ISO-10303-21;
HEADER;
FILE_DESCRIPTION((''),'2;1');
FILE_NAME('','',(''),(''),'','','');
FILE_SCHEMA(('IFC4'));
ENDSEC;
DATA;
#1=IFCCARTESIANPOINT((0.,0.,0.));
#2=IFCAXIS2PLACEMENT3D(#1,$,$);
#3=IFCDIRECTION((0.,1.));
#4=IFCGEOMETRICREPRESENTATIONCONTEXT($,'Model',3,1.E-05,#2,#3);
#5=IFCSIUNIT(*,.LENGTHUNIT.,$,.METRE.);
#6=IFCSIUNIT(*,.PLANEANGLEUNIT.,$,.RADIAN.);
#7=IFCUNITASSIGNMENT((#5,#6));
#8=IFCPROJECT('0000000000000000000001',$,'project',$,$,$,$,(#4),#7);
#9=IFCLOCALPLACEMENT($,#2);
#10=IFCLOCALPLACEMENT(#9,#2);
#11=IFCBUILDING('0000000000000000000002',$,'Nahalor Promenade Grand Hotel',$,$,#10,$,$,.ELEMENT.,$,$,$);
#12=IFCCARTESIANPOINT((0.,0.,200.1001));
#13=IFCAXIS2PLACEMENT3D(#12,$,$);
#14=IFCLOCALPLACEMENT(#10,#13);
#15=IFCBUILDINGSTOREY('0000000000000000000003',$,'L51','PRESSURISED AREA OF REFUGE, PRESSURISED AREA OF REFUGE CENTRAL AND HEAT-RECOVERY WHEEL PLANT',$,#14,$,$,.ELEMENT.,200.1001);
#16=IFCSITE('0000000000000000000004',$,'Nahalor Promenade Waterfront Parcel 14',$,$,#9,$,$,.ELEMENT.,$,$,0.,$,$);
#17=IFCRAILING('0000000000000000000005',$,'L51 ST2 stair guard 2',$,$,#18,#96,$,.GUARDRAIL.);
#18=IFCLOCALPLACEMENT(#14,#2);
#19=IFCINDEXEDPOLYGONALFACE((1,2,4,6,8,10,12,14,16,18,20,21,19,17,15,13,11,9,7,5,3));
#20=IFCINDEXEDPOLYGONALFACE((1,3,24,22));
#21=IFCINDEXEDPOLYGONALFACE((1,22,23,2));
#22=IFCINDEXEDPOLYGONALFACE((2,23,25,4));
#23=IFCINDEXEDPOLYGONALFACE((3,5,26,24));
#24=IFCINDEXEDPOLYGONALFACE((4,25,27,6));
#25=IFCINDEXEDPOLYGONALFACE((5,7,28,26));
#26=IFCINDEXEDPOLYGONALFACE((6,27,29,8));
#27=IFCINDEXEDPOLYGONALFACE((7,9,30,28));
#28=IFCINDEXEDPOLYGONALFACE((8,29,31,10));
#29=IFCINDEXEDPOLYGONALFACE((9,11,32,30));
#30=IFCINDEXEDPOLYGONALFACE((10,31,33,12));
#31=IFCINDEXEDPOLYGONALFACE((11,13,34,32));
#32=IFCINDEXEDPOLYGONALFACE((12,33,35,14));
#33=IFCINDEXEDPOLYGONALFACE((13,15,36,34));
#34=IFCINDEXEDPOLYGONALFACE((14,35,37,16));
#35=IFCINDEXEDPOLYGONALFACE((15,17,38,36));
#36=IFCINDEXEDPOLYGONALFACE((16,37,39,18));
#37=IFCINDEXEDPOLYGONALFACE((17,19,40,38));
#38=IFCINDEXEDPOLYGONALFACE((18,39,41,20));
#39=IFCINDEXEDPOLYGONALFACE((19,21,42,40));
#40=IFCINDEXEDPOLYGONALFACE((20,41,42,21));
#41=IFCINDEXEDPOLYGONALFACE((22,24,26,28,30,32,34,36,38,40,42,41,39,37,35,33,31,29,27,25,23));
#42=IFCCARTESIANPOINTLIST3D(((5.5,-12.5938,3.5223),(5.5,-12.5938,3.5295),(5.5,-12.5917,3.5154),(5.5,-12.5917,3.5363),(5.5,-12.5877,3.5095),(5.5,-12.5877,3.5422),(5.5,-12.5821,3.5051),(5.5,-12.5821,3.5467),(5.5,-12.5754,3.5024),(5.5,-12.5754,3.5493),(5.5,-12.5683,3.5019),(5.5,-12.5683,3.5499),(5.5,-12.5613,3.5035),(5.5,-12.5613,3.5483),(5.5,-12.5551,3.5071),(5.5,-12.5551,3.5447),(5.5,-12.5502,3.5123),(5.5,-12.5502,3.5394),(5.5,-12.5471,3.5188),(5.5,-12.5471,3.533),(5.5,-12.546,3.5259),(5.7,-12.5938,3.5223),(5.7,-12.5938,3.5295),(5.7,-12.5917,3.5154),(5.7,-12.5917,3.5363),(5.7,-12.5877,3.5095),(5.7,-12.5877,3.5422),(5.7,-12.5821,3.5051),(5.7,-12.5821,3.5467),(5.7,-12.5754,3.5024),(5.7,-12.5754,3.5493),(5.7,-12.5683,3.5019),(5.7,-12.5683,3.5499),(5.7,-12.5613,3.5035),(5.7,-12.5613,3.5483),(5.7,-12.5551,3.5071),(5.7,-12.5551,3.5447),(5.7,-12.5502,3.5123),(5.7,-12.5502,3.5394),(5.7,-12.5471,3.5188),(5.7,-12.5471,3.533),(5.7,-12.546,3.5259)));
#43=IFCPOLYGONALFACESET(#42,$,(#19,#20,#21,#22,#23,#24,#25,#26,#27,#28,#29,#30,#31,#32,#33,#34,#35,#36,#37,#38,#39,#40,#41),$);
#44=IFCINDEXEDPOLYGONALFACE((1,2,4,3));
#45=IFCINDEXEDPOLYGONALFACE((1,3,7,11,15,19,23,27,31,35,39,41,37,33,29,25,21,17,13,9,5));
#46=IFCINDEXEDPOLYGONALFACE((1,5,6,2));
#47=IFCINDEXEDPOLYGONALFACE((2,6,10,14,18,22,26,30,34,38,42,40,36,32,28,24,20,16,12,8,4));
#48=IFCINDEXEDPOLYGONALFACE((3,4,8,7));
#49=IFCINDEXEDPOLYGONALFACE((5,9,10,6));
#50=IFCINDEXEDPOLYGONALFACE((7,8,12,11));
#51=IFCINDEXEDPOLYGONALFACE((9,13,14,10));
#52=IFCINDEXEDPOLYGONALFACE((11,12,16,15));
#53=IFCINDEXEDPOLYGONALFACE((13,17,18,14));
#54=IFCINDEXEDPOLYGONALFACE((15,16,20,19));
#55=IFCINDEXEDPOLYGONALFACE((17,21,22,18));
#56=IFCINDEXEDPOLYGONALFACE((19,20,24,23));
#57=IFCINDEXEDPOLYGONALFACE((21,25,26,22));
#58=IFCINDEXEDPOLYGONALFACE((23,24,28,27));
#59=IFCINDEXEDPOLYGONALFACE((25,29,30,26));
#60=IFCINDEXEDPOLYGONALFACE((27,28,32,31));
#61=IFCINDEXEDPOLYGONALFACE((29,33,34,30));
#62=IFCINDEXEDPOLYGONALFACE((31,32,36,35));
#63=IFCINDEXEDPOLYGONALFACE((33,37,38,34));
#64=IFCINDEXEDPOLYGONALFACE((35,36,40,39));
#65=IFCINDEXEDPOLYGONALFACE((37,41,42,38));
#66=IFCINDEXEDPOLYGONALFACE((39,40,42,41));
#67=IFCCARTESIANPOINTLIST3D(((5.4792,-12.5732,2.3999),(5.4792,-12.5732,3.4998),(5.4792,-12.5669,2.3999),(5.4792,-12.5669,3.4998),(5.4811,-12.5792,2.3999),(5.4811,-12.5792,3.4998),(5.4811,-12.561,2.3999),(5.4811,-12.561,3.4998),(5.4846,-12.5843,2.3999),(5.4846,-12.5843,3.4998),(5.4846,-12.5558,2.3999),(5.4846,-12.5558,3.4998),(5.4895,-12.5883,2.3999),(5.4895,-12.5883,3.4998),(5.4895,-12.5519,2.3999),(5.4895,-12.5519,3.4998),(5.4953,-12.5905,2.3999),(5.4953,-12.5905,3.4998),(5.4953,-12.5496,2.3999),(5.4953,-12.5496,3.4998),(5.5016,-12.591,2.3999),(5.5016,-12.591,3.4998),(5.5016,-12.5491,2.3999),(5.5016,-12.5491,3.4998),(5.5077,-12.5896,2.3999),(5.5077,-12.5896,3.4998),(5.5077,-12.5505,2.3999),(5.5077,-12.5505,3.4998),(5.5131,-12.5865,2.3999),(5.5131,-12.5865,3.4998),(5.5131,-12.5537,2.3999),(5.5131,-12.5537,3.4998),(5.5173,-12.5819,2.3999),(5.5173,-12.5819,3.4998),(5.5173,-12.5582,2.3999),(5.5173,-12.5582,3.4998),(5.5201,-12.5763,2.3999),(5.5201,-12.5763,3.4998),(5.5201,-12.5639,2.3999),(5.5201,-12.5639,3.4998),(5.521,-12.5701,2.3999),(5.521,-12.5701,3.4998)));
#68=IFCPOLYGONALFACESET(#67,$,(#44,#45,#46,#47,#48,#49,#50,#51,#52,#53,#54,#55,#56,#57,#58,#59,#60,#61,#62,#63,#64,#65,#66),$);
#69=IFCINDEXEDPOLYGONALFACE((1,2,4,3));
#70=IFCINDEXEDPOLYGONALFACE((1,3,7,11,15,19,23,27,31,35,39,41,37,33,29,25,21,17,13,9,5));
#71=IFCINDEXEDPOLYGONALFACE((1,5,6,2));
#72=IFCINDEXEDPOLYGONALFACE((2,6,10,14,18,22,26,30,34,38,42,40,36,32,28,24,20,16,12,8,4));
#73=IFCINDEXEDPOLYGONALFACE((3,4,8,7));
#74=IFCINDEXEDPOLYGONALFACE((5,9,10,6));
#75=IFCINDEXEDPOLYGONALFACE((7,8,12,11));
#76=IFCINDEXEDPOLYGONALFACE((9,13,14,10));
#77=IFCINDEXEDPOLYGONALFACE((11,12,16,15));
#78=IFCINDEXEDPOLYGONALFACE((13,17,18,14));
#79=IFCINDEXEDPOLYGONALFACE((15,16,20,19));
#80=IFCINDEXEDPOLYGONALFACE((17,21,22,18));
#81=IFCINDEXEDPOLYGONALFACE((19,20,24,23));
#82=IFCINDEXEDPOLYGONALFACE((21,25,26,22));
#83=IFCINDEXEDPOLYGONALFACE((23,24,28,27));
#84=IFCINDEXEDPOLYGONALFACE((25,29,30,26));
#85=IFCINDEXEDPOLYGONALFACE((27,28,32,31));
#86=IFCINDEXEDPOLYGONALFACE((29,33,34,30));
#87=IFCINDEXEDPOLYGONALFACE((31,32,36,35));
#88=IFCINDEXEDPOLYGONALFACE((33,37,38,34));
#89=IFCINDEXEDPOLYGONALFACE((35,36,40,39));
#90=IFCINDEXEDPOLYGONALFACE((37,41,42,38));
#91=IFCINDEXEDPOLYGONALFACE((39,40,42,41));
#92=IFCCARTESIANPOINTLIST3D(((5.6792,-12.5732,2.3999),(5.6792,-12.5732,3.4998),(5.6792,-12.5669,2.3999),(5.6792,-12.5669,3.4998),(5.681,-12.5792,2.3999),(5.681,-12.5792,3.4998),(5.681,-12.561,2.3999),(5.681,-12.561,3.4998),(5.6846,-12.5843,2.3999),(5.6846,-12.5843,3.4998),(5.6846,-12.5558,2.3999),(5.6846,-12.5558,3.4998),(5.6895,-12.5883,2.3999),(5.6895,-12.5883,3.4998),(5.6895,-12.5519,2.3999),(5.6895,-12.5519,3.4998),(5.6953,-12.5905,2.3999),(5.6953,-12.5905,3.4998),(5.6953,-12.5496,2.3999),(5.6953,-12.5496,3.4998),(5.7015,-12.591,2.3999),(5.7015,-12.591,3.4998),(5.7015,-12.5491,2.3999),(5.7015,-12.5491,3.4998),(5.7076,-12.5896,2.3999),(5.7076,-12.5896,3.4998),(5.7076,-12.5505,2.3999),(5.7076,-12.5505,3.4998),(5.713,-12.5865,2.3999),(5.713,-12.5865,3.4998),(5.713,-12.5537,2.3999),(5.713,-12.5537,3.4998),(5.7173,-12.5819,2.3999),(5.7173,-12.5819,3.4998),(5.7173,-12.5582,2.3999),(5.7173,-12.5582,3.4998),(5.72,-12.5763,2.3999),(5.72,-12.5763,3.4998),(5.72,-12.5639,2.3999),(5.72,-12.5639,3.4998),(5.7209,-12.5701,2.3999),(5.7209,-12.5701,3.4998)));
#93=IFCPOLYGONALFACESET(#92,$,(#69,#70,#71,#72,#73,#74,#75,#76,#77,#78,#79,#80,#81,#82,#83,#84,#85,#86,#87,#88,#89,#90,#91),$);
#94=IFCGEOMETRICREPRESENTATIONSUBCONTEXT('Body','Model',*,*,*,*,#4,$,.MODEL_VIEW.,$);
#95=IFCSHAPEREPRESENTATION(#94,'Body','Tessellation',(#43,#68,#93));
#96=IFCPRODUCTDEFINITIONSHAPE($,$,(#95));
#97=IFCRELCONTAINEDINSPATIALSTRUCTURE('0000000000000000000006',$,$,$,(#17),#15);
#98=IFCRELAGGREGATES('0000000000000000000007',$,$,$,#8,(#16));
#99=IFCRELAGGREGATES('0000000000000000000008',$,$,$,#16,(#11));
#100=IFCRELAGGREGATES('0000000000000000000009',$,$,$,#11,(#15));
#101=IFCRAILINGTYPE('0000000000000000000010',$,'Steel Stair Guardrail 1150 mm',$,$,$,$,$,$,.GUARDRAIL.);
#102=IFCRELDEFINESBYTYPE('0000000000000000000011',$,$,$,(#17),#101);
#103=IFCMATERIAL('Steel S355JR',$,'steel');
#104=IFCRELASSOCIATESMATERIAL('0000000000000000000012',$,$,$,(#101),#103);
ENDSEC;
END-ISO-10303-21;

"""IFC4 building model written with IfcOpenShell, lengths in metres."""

from ifc_helpers import new_model, si_unit, direction, frame, origin, origin_2d, place, context, subcontext, project, spatial, circle, extrude, material, type_object, element, save


model = new_model("IFC4")

# Units and contexts
model_context = context("Model", 3, precision=1e-05, world=origin(), true_north=direction((0.0, 1.0)))
body_context = subcontext(model_context, "Body", "Model", "MODEL_VIEW")
ifc_project = project(units=[si_unit("LENGTHUNIT", "METRE"), si_unit("PLANEANGLEUNIT", "RADIAN")], contexts=[model_context])

# Site, building, storey
site_placement = place(None, origin())
site = spatial("IfcSite", under=ifc_project, at=site_placement, Name="Nahalor Promenade Waterfront Parcel 14", CompositionType="ELEMENT", RefElevation=0.0)
building_placement = place(site_placement, origin())
building = spatial("IfcBuilding", under=site, at=building_placement, Name="Nahalor Promenade Grand Hotel", CompositionType="ELEMENT")
storey_placement = place(building_placement, frame((0.0, 0.0, 200.1001)))
storey = spatial("IfcBuildingStorey", under=building, at=storey_placement, Name="L51", Description="PRESSURISED AREA OF REFUGE, PRESSURISED AREA OF REFUGE CENTRAL AND HEAT-RECOVERY WHEEL PLANT", CompositionType="ELEMENT", Elevation=200.1001)

# Shared definitions
ifc_material_1 = material(Name="Steel S355JR", Category="steel")

# Railing
railing_type_1 = type_object("IfcRailingType", Name="Steel Stair Guardrail 1150 mm", PredefinedType="GUARDRAIL", material=ifc_material_1)
railing_1_placement = place(storey_placement, frame((5.5, -12.5701, 2.3999)))
element("IfcRailing", 1, at=railing_1_placement, inside=storey, type_object=railing_type_1, Name="L51 ST2 stair guard 2", PredefinedType="GUARDRAIL", context=body_context, shape_type="SweptSolid", body=[
    extrude(circle(Radius=0.024, at=origin_2d()), frame((0.0, 0.0, 1.126), z_axis=(1.0, 0.0, 0.0), x_axis=(0.0, 1.0, 0.0)), (0.0, 0.0, 1.0), 0.2),
    extrude(circle(Radius=0.021, at=origin_2d()), origin(), (0.0, 0.0, 1.0), 1.0999),
    extrude(circle(Radius=0.021, at=origin_2d()), frame((0.2, 0.0, 0.0)), (0.0, 0.0, 1.0), 1.0999),
])

save(model, "model.ifc")
